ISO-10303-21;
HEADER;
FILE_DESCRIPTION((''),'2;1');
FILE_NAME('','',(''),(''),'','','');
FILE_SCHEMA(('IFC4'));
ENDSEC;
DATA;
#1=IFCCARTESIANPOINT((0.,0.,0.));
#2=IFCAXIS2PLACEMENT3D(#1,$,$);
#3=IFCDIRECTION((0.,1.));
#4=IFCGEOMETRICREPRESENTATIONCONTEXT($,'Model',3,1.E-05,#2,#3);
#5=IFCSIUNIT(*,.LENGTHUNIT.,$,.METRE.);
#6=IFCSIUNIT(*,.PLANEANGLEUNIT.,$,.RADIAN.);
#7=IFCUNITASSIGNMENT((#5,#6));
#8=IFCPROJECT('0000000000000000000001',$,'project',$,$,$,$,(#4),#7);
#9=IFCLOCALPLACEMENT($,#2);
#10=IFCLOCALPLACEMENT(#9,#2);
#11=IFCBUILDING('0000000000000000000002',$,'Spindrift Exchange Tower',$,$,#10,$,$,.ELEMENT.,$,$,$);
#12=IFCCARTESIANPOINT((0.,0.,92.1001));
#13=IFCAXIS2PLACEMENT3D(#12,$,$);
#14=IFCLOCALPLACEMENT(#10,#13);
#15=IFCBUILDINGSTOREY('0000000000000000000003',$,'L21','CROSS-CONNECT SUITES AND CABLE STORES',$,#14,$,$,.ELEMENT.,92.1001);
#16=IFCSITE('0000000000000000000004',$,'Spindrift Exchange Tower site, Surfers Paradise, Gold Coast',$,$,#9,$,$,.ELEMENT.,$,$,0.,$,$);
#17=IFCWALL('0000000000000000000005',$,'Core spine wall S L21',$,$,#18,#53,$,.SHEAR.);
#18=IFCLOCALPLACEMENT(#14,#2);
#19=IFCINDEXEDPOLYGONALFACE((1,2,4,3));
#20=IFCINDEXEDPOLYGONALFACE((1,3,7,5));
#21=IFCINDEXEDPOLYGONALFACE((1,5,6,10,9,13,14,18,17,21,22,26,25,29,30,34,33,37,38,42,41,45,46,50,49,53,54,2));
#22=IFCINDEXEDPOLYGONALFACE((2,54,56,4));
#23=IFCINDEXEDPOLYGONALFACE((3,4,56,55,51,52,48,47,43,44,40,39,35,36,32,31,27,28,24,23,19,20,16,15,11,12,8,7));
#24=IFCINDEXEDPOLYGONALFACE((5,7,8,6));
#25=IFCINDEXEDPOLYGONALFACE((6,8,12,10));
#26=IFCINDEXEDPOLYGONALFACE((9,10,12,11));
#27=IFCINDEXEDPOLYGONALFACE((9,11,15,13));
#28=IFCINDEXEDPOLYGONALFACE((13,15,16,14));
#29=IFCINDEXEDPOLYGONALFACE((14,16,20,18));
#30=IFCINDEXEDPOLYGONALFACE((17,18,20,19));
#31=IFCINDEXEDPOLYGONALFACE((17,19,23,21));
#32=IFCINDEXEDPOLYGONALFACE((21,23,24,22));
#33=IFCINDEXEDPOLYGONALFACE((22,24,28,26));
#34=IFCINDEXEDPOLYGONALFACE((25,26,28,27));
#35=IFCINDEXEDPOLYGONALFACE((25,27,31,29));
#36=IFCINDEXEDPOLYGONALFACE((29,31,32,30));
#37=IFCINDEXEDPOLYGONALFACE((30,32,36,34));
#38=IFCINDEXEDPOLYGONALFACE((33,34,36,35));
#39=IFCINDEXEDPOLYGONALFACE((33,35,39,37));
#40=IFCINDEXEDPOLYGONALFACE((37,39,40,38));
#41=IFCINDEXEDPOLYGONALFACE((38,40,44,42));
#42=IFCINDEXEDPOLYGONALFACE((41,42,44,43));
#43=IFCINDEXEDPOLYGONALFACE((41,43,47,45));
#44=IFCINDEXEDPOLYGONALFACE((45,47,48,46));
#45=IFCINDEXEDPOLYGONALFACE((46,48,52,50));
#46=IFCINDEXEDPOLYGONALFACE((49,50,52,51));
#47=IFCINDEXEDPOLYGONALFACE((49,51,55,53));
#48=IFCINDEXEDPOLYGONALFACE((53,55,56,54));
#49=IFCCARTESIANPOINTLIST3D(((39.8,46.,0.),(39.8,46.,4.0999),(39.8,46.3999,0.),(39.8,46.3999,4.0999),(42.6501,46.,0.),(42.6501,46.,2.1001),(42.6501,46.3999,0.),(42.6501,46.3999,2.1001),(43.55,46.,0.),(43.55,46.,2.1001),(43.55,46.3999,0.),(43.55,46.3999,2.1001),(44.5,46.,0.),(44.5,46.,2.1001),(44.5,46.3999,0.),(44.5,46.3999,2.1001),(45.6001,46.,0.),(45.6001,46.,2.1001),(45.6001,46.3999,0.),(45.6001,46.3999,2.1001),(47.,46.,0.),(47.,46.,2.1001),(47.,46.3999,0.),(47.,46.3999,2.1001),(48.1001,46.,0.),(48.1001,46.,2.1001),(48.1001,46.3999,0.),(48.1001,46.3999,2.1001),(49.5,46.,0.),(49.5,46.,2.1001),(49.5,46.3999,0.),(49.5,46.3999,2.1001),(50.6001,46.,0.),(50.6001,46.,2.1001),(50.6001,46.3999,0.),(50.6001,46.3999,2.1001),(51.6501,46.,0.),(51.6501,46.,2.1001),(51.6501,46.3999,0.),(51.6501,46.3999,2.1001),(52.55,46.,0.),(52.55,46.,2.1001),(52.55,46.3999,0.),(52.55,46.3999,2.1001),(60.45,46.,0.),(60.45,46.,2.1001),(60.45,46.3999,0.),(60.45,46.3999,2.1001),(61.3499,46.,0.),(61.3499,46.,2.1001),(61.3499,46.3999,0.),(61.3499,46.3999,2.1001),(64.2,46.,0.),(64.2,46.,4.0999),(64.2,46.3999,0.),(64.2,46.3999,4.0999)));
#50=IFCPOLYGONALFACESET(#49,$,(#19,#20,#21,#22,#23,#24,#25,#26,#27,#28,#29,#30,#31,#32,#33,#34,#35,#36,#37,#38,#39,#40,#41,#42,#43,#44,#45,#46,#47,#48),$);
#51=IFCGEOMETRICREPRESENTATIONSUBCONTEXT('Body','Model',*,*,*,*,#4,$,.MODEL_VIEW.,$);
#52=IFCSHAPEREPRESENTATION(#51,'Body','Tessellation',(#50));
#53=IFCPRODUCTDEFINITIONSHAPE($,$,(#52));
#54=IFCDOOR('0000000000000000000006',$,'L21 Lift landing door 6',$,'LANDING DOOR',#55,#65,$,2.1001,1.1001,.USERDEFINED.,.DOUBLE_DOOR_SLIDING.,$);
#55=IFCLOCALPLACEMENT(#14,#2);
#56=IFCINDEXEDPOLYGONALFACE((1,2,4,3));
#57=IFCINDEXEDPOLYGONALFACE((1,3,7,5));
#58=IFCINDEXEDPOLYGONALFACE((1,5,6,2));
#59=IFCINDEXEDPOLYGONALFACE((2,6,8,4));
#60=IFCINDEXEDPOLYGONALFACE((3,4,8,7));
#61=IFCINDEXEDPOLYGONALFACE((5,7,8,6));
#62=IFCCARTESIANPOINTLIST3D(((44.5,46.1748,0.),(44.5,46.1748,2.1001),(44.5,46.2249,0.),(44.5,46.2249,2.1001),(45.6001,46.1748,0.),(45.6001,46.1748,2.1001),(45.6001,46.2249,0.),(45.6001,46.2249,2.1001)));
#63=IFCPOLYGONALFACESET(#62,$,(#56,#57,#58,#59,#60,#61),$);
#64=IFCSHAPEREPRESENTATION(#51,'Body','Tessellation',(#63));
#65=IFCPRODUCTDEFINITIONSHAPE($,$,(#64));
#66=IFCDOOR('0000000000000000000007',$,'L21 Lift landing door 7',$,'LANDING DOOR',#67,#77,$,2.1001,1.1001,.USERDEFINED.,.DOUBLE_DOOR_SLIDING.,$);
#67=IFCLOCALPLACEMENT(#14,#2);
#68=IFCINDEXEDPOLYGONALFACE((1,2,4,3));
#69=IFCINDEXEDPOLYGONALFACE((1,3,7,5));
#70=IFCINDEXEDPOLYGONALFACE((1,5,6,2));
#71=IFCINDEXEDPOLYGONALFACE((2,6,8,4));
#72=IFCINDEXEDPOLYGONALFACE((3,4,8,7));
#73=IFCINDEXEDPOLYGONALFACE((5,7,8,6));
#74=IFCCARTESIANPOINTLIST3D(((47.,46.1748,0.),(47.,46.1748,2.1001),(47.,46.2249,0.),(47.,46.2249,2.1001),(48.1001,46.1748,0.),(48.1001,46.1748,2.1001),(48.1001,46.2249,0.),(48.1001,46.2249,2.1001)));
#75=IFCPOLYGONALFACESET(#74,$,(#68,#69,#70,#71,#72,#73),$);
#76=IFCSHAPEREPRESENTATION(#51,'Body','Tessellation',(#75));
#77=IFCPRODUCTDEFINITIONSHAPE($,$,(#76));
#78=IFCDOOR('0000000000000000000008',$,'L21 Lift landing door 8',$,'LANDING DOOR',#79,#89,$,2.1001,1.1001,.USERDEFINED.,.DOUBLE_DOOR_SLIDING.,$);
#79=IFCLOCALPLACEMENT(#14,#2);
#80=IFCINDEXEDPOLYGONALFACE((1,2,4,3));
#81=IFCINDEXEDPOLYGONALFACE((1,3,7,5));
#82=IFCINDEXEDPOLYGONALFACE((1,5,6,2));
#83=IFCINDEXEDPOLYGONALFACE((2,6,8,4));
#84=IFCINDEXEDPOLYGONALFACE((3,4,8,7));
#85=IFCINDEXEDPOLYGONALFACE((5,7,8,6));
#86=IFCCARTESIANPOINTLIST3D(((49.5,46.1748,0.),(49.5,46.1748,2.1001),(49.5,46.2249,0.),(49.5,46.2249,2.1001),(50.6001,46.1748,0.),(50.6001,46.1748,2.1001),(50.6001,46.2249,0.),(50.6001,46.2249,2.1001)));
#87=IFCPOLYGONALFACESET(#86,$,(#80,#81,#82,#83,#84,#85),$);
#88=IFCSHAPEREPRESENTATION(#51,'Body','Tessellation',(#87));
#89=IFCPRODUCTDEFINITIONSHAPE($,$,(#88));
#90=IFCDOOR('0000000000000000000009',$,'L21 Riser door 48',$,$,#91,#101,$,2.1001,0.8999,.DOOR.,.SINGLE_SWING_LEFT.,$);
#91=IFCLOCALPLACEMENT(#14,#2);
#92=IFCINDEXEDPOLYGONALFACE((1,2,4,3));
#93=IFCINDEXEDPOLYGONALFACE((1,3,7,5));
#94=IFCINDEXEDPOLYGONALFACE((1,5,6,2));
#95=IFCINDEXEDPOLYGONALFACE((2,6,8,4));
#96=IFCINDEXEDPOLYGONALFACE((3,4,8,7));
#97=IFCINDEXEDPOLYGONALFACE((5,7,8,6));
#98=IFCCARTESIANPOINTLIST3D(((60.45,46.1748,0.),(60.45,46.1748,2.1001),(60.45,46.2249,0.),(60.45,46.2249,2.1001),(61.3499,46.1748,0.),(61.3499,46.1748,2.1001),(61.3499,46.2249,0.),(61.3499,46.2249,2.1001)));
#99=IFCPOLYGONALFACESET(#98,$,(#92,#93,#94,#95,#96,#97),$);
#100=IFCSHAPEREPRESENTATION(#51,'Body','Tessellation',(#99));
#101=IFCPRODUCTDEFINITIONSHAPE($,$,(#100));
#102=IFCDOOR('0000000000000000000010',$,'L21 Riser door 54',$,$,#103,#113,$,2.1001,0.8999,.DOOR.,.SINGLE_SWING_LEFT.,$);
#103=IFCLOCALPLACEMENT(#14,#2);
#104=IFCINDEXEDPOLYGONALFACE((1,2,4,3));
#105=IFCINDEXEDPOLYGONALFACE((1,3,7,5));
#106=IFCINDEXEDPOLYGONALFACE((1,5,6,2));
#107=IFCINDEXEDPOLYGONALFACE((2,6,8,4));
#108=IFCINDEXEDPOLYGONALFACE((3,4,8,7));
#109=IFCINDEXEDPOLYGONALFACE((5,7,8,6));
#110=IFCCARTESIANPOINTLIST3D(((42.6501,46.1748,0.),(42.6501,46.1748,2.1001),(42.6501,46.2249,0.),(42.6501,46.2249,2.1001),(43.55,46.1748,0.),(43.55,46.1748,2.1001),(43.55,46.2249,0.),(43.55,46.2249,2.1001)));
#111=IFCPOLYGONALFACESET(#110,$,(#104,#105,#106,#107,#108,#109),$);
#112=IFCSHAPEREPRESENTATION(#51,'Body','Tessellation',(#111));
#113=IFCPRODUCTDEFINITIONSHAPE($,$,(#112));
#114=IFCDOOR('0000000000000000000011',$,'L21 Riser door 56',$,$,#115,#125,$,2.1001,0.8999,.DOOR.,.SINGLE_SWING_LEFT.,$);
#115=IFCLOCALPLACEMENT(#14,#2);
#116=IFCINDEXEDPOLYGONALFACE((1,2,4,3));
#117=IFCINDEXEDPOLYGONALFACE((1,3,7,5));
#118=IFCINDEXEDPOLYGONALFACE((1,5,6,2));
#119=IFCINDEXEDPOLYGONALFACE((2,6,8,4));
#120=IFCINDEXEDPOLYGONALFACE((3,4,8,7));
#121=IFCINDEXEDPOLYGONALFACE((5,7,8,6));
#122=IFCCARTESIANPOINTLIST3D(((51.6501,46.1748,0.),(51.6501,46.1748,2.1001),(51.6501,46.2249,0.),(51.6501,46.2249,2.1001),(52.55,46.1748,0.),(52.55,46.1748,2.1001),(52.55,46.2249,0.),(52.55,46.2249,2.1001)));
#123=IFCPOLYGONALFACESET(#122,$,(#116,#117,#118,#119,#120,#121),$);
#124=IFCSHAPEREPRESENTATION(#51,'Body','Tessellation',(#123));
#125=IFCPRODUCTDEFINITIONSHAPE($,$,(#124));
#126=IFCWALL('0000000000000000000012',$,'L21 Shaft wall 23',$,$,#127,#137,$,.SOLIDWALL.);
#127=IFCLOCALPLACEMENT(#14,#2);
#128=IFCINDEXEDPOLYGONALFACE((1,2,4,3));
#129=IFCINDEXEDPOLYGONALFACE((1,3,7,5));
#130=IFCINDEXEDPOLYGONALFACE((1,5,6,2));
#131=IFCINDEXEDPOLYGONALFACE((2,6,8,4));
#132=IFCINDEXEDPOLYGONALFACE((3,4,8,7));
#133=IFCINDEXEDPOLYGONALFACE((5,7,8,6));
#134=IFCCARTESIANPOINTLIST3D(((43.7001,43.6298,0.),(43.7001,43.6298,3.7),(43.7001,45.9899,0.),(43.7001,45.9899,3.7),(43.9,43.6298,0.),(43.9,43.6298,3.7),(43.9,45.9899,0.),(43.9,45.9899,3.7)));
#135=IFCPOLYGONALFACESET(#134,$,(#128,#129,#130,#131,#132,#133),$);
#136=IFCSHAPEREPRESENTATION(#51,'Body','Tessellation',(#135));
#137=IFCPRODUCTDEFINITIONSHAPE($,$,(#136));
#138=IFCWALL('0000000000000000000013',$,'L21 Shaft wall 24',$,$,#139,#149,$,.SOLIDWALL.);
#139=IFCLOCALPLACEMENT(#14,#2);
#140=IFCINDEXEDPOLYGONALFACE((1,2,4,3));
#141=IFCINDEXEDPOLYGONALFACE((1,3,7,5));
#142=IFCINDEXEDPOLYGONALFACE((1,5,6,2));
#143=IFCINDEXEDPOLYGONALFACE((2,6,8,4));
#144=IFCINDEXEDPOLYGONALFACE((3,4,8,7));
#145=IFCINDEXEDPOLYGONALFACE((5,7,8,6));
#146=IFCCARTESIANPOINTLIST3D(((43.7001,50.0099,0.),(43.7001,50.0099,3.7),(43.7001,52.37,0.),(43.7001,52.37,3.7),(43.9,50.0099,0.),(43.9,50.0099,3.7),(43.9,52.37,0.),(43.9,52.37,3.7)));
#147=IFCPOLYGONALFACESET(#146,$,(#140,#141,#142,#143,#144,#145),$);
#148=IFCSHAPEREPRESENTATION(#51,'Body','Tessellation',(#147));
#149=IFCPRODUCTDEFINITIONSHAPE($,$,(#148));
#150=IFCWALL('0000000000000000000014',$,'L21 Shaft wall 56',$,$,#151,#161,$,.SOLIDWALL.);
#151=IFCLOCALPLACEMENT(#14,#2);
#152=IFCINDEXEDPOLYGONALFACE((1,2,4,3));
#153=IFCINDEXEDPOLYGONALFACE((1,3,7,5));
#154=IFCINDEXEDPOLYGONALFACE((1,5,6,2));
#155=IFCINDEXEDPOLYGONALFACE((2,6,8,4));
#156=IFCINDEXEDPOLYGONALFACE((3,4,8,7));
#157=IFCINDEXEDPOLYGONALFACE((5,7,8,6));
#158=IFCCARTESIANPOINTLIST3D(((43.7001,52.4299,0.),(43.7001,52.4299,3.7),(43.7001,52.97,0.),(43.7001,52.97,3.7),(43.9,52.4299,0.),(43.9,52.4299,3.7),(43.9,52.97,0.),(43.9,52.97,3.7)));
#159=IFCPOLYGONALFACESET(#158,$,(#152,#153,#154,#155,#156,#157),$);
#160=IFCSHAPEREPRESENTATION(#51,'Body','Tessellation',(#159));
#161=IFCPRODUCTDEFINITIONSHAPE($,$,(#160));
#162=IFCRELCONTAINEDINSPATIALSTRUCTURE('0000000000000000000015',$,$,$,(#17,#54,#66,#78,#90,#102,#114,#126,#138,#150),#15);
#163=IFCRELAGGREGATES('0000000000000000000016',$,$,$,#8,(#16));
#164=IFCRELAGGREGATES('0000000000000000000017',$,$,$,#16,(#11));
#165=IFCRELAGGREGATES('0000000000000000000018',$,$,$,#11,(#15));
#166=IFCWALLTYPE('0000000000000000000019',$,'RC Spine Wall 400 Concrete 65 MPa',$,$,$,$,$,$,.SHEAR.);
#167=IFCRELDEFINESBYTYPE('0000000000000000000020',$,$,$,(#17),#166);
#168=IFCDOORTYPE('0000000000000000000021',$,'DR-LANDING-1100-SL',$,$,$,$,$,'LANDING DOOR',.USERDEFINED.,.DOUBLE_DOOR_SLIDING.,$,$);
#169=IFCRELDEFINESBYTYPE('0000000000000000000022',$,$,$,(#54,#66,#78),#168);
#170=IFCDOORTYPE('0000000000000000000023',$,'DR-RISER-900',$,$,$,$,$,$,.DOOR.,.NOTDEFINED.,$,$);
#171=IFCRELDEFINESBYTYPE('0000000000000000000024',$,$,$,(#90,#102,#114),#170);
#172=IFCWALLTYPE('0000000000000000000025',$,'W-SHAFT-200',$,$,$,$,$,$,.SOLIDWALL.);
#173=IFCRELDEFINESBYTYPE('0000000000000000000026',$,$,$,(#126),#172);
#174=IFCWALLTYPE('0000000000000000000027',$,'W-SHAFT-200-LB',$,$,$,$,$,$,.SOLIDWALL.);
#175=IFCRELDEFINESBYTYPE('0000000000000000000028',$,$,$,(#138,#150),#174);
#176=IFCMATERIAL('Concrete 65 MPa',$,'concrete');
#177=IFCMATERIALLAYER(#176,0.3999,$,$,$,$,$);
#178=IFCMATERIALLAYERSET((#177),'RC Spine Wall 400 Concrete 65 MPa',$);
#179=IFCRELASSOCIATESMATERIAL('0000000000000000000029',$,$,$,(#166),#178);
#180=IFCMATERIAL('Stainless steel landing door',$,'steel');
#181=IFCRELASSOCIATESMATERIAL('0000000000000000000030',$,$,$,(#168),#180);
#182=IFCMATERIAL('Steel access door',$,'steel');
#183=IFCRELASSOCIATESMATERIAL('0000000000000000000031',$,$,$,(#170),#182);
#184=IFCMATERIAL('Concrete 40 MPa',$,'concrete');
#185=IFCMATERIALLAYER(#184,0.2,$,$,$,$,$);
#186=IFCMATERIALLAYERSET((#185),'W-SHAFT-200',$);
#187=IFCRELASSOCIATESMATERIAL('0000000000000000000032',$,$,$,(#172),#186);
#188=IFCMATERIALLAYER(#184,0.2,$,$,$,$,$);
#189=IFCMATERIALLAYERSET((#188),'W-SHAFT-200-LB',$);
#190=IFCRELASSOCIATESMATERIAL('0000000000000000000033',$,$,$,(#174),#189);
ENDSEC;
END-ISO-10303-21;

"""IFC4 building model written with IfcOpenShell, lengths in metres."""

from ifc_helpers import new_model, si_unit, direction, frame, frame_2d, origin, place, context, subcontext, project, spatial, rectangle, extrude, source, transform, mapped, material, layer, layer_set, type_object, element, fill, save


model = new_model("IFC4")

# Units and contexts
model_context = context("Model", 3, precision=1e-05, world=origin(), true_north=direction((0.0, 1.0)))
body_context = subcontext(model_context, "Body", "Model", "MODEL_VIEW")
ifc_project = project(units=[si_unit("LENGTHUNIT", "METRE"), si_unit("PLANEANGLEUNIT", "RADIAN")], contexts=[model_context])

# Site, building, storey
site_placement = place(None, origin())
site = spatial("IfcSite", under=ifc_project, at=site_placement, Name="Spindrift Exchange Tower site, Surfers Paradise, Gold Coast", CompositionType="ELEMENT", RefElevation=0.0)
building_placement = place(site_placement, origin())
building = spatial("IfcBuilding", under=site, at=building_placement, Name="Spindrift Exchange Tower", CompositionType="ELEMENT")
storey_placement = place(building_placement, frame((0.0, 0.0, 92.1001)))
storey = spatial("IfcBuildingStorey", under=building, at=storey_placement, Name="L21", Description="CROSS-CONNECT SUITES AND CABLE STORES", CompositionType="ELEMENT", Elevation=92.1001)

# Wall, openings, doors
ifc_material_1 = material(Name="Concrete 65 MPa", Category="concrete")
ifc_layer_1 = layer(ifc_material_1, 0.3999)
ifc_layer_set_1 = layer_set([ifc_layer_1], Name="RC Spine Wall 400 Concrete 65 MPa")
wall_type_1 = type_object("IfcWallType", Name="RC Spine Wall 400 Concrete 65 MPa", PredefinedType="SHEAR", material=ifc_layer_set_1)
ifc_material_2 = material(Name="Stainless steel landing door", Category="steel")
door_type_1 = type_object("IfcDoorType", Name="DR-LANDING-1100-SL", ElementType="LANDING DOOR", OperationType="DOUBLE_DOOR_SLIDING", PredefinedType="USERDEFINED", material=ifc_material_2)
shared_shape_1 = source(origin(), body_context, "Body", "SweptSolid", [
    extrude(rectangle(XDim=1.1001, YDim=2.1001, at=frame_2d((0.55, 1.05))), frame((0.0, 0.0249, 0.0), z_axis=(0.0, -1.0, 0.0), x_axis=(1.0, 0.0, 0.0)), (0.0, 0.0, 1.0), 0.05),
])
ifc_material_3 = material(Name="Steel access door", Category="steel")
door_type_2 = type_object("IfcDoorType", Name="DR-RISER-900", OperationType="NOTDEFINED", PredefinedType="DOOR", material=ifc_material_3)
shared_shape_2 = source(origin(), body_context, "Body", "SweptSolid", [
    extrude(rectangle(XDim=0.8999, YDim=2.1001, at=frame_2d((0.45, 1.05))), frame((0.0, 0.0249, 0.0), z_axis=(0.0, -1.0, 0.0), x_axis=(1.0, 0.0, 0.0)), (0.0, 0.0, 1.0), 0.05),
])
wall_1_placement = place(storey_placement, frame((39.8, 46.2, 0.0), z_axis=(0.0, 0.0, 1.0), x_axis=(1.0, 0.0, 0.0)))
wall_1 = element("IfcWall", 1, at=wall_1_placement, inside=storey, type_object=wall_type_1, Name="Core spine wall S L21", PredefinedType="SHEAR", context=body_context, shape_type="SweptSolid", body=[
    extrude(rectangle(XDim=24.3999, YDim=0.3999, at=frame_2d((12.2, 0.0))), origin(), (0.0, 0.0, 1.0), 4.0999),
])
opening_1_placement = place(wall_1_placement, frame((4.7, 0.0, 0.0)))
opening_1 = element("IfcOpeningElement", 2, at=opening_1_placement, cuts=wall_1, PredefinedType="OPENING", context=body_context, shape_type="SweptSolid", body=[
    extrude(rectangle(XDim=1.1001, YDim=2.1001, at=frame_2d((0.55, 1.05))), frame((0.0, 0.21, 0.0), z_axis=(0.0, -1.0, 0.0), x_axis=(1.0, 0.0, 0.0)), (0.0, 0.0, 1.0), 0.4199),
])
opening_2_placement = place(wall_1_placement, frame((7.2, 0.0, 0.0)))
opening_2 = element("IfcOpeningElement", 3, at=opening_2_placement, cuts=wall_1, PredefinedType="OPENING", context=body_context, shape_type="SweptSolid", body=[
    extrude(rectangle(XDim=1.1001, YDim=2.1001, at=frame_2d((0.55, 1.05))), frame((0.0, 0.21, 0.0), z_axis=(0.0, -1.0, 0.0), x_axis=(1.0, 0.0, 0.0)), (0.0, 0.0, 1.0), 0.4199),
])
opening_3_placement = place(wall_1_placement, frame((9.7, 0.0, 0.0)))
opening_3 = element("IfcOpeningElement", 4, at=opening_3_placement, cuts=wall_1, PredefinedType="OPENING", context=body_context, shape_type="SweptSolid", body=[
    extrude(rectangle(XDim=1.1001, YDim=2.1001, at=frame_2d((0.55, 1.05))), frame((0.0, 0.21, 0.0), z_axis=(0.0, -1.0, 0.0), x_axis=(1.0, 0.0, 0.0)), (0.0, 0.0, 1.0), 0.4199),
])
opening_4_placement = place(wall_1_placement, frame((20.6499, 0.0, 0.0)))
opening_4 = element("IfcOpeningElement", 5, at=opening_4_placement, cuts=wall_1, PredefinedType="OPENING", context=body_context, shape_type="SweptSolid", body=[
    extrude(rectangle(XDim=0.8999, YDim=2.1001, at=frame_2d((0.45, 1.05))), frame((0.0, 0.21, 0.0), z_axis=(0.0, -1.0, 0.0), x_axis=(1.0, 0.0, 0.0)), (0.0, 0.0, 1.0), 0.4199),
])
opening_5_placement = place(wall_1_placement, frame((2.8501, 0.0, 0.0)))
opening_5 = element("IfcOpeningElement", 6, at=opening_5_placement, cuts=wall_1, PredefinedType="OPENING", context=body_context, shape_type="SweptSolid", body=[
    extrude(rectangle(XDim=0.8999, YDim=2.1001, at=frame_2d((0.45, 1.05))), frame((0.0, 0.21, 0.0), z_axis=(0.0, -1.0, 0.0), x_axis=(1.0, 0.0, 0.0)), (0.0, 0.0, 1.0), 0.4199),
])
opening_6_placement = place(wall_1_placement, frame((11.8501, 0.0, 0.0)))
opening_6 = element("IfcOpeningElement", 7, at=opening_6_placement, cuts=wall_1, PredefinedType="OPENING", context=body_context, shape_type="SweptSolid", body=[
    extrude(rectangle(XDim=0.8999, YDim=2.1001, at=frame_2d((0.45, 1.05))), frame((0.0, 0.21, 0.0), z_axis=(0.0, -1.0, 0.0), x_axis=(1.0, 0.0, 0.0)), (0.0, 0.0, 1.0), 0.4199),
])
door_1_placement = place(opening_1_placement, origin())
door_1 = element("IfcDoor", 8, at=door_1_placement, inside=storey, type_object=door_type_1, Name="L21 Lift landing door 6", ObjectType="LANDING DOOR", OperationType="DOUBLE_DOOR_SLIDING", OverallHeight=2.1001, OverallWidth=1.1001, PredefinedType="USERDEFINED", context=body_context, shape_type="MappedRepresentation", body=[
    mapped(shared_shape_1, transform((0.0, 0.0, 0.0), scale=1.0)),
])
fill(opening_1, door_1)
door_2_placement = place(opening_2_placement, origin())
door_2 = element("IfcDoor", 9, at=door_2_placement, inside=storey, type_object=door_type_1, Name="L21 Lift landing door 7", ObjectType="LANDING DOOR", OperationType="DOUBLE_DOOR_SLIDING", OverallHeight=2.1001, OverallWidth=1.1001, PredefinedType="USERDEFINED", context=body_context, shape_type="MappedRepresentation", body=[
    mapped(shared_shape_1, transform((0.0, 0.0, 0.0), scale=1.0)),
])
fill(opening_2, door_2)
door_3_placement = place(opening_3_placement, origin())
door_3 = element("IfcDoor", 10, at=door_3_placement, inside=storey, type_object=door_type_1, Name="L21 Lift landing door 8", ObjectType="LANDING DOOR", OperationType="DOUBLE_DOOR_SLIDING", OverallHeight=2.1001, OverallWidth=1.1001, PredefinedType="USERDEFINED", context=body_context, shape_type="MappedRepresentation", body=[
    mapped(shared_shape_1, transform((0.0, 0.0, 0.0), scale=1.0)),
])
fill(opening_3, door_3)
door_4_placement = place(opening_4_placement, origin())
door_4 = element("IfcDoor", 11, at=door_4_placement, inside=storey, type_object=door_type_2, Name="L21 Riser door 48", OperationType="SINGLE_SWING_LEFT", OverallHeight=2.1001, OverallWidth=0.8999, PredefinedType="DOOR", context=body_context, shape_type="MappedRepresentation", body=[
    mapped(shared_shape_2, transform((0.0, 0.0, 0.0), scale=1.0)),
])
fill(opening_4, door_4)
door_5_placement = place(opening_5_placement, origin())
door_5 = element("IfcDoor", 12, at=door_5_placement, inside=storey, type_object=door_type_2, Name="L21 Riser door 54", OperationType="SINGLE_SWING_LEFT", OverallHeight=2.1001, OverallWidth=0.8999, PredefinedType="DOOR", context=body_context, shape_type="MappedRepresentation", body=[
    mapped(shared_shape_2, transform((0.0, 0.0, 0.0), scale=1.0)),
])
fill(opening_5, door_5)
door_6_placement = place(opening_6_placement, origin())
door_6 = element("IfcDoor", 13, at=door_6_placement, inside=storey, type_object=door_type_2, Name="L21 Riser door 56", OperationType="SINGLE_SWING_LEFT", OverallHeight=2.1001, OverallWidth=0.8999, PredefinedType="DOOR", context=body_context, shape_type="MappedRepresentation", body=[
    mapped(shared_shape_2, transform((0.0, 0.0, 0.0), scale=1.0)),
])
fill(opening_6, door_6)

# Walls
ifc_material_4 = material(Name="Concrete 40 MPa", Category="concrete")
ifc_layer_2 = layer(ifc_material_4, 0.2)
ifc_layer_set_2 = layer_set([ifc_layer_2], Name="W-SHAFT-200")
wall_type_2 = type_object("IfcWallType", Name="W-SHAFT-200", PredefinedType="SOLIDWALL", material=ifc_layer_set_2)
wall_2_placement = place(storey_placement, frame((43.8, 45.99, 0.0), z_axis=(0.0, 0.0, 1.0), x_axis=(0.0, -1.0, 0.0)))
element("IfcWall", 14, at=wall_2_placement, inside=storey, type_object=wall_type_2, Name="L21 Shaft wall 23", PredefinedType="SOLIDWALL", context=body_context, shape_type="SweptSolid", body=[
    extrude(rectangle(XDim=2.3601, YDim=0.2, at=frame_2d((1.1802, 0.0))), origin(), (0.0, 0.0, 1.0), 3.7),
])
ifc_layer_3 = layer(ifc_material_4, 0.2)
ifc_layer_set_3 = layer_set([ifc_layer_3], Name="W-SHAFT-200-LB")
wall_type_3 = type_object("IfcWallType", Name="W-SHAFT-200-LB", PredefinedType="SOLIDWALL", material=ifc_layer_set_3)
wall_3_placement = place(storey_placement, frame((43.8, 52.3701, 0.0), z_axis=(0.0, 0.0, 1.0), x_axis=(0.0, -1.0, 0.0)))
element("IfcWall", 15, at=wall_3_placement, inside=storey, type_object=wall_type_3, Name="L21 Shaft wall 24", PredefinedType="SOLIDWALL", context=body_context, shape_type="SweptSolid", body=[
    extrude(rectangle(XDim=2.3601, YDim=0.2, at=frame_2d((1.1802, 0.0))), origin(), (0.0, 0.0, 1.0), 3.7),
])
wall_4_placement = place(storey_placement, frame((43.8, 52.4299, 0.0), z_axis=(0.0, 0.0, 1.0), x_axis=(0.0, 1.0, 0.0)))
element("IfcWall", 16, at=wall_4_placement, inside=storey, type_object=wall_type_3, Name="L21 Shaft wall 56", PredefinedType="SOLIDWALL", context=body_context, shape_type="SweptSolid", body=[
    extrude(rectangle(XDim=0.54, YDim=0.2, at=frame_2d((0.27, 0.0))), origin(), (0.0, 0.0, 1.0), 3.7),
])

save(model, "model.ifc")
